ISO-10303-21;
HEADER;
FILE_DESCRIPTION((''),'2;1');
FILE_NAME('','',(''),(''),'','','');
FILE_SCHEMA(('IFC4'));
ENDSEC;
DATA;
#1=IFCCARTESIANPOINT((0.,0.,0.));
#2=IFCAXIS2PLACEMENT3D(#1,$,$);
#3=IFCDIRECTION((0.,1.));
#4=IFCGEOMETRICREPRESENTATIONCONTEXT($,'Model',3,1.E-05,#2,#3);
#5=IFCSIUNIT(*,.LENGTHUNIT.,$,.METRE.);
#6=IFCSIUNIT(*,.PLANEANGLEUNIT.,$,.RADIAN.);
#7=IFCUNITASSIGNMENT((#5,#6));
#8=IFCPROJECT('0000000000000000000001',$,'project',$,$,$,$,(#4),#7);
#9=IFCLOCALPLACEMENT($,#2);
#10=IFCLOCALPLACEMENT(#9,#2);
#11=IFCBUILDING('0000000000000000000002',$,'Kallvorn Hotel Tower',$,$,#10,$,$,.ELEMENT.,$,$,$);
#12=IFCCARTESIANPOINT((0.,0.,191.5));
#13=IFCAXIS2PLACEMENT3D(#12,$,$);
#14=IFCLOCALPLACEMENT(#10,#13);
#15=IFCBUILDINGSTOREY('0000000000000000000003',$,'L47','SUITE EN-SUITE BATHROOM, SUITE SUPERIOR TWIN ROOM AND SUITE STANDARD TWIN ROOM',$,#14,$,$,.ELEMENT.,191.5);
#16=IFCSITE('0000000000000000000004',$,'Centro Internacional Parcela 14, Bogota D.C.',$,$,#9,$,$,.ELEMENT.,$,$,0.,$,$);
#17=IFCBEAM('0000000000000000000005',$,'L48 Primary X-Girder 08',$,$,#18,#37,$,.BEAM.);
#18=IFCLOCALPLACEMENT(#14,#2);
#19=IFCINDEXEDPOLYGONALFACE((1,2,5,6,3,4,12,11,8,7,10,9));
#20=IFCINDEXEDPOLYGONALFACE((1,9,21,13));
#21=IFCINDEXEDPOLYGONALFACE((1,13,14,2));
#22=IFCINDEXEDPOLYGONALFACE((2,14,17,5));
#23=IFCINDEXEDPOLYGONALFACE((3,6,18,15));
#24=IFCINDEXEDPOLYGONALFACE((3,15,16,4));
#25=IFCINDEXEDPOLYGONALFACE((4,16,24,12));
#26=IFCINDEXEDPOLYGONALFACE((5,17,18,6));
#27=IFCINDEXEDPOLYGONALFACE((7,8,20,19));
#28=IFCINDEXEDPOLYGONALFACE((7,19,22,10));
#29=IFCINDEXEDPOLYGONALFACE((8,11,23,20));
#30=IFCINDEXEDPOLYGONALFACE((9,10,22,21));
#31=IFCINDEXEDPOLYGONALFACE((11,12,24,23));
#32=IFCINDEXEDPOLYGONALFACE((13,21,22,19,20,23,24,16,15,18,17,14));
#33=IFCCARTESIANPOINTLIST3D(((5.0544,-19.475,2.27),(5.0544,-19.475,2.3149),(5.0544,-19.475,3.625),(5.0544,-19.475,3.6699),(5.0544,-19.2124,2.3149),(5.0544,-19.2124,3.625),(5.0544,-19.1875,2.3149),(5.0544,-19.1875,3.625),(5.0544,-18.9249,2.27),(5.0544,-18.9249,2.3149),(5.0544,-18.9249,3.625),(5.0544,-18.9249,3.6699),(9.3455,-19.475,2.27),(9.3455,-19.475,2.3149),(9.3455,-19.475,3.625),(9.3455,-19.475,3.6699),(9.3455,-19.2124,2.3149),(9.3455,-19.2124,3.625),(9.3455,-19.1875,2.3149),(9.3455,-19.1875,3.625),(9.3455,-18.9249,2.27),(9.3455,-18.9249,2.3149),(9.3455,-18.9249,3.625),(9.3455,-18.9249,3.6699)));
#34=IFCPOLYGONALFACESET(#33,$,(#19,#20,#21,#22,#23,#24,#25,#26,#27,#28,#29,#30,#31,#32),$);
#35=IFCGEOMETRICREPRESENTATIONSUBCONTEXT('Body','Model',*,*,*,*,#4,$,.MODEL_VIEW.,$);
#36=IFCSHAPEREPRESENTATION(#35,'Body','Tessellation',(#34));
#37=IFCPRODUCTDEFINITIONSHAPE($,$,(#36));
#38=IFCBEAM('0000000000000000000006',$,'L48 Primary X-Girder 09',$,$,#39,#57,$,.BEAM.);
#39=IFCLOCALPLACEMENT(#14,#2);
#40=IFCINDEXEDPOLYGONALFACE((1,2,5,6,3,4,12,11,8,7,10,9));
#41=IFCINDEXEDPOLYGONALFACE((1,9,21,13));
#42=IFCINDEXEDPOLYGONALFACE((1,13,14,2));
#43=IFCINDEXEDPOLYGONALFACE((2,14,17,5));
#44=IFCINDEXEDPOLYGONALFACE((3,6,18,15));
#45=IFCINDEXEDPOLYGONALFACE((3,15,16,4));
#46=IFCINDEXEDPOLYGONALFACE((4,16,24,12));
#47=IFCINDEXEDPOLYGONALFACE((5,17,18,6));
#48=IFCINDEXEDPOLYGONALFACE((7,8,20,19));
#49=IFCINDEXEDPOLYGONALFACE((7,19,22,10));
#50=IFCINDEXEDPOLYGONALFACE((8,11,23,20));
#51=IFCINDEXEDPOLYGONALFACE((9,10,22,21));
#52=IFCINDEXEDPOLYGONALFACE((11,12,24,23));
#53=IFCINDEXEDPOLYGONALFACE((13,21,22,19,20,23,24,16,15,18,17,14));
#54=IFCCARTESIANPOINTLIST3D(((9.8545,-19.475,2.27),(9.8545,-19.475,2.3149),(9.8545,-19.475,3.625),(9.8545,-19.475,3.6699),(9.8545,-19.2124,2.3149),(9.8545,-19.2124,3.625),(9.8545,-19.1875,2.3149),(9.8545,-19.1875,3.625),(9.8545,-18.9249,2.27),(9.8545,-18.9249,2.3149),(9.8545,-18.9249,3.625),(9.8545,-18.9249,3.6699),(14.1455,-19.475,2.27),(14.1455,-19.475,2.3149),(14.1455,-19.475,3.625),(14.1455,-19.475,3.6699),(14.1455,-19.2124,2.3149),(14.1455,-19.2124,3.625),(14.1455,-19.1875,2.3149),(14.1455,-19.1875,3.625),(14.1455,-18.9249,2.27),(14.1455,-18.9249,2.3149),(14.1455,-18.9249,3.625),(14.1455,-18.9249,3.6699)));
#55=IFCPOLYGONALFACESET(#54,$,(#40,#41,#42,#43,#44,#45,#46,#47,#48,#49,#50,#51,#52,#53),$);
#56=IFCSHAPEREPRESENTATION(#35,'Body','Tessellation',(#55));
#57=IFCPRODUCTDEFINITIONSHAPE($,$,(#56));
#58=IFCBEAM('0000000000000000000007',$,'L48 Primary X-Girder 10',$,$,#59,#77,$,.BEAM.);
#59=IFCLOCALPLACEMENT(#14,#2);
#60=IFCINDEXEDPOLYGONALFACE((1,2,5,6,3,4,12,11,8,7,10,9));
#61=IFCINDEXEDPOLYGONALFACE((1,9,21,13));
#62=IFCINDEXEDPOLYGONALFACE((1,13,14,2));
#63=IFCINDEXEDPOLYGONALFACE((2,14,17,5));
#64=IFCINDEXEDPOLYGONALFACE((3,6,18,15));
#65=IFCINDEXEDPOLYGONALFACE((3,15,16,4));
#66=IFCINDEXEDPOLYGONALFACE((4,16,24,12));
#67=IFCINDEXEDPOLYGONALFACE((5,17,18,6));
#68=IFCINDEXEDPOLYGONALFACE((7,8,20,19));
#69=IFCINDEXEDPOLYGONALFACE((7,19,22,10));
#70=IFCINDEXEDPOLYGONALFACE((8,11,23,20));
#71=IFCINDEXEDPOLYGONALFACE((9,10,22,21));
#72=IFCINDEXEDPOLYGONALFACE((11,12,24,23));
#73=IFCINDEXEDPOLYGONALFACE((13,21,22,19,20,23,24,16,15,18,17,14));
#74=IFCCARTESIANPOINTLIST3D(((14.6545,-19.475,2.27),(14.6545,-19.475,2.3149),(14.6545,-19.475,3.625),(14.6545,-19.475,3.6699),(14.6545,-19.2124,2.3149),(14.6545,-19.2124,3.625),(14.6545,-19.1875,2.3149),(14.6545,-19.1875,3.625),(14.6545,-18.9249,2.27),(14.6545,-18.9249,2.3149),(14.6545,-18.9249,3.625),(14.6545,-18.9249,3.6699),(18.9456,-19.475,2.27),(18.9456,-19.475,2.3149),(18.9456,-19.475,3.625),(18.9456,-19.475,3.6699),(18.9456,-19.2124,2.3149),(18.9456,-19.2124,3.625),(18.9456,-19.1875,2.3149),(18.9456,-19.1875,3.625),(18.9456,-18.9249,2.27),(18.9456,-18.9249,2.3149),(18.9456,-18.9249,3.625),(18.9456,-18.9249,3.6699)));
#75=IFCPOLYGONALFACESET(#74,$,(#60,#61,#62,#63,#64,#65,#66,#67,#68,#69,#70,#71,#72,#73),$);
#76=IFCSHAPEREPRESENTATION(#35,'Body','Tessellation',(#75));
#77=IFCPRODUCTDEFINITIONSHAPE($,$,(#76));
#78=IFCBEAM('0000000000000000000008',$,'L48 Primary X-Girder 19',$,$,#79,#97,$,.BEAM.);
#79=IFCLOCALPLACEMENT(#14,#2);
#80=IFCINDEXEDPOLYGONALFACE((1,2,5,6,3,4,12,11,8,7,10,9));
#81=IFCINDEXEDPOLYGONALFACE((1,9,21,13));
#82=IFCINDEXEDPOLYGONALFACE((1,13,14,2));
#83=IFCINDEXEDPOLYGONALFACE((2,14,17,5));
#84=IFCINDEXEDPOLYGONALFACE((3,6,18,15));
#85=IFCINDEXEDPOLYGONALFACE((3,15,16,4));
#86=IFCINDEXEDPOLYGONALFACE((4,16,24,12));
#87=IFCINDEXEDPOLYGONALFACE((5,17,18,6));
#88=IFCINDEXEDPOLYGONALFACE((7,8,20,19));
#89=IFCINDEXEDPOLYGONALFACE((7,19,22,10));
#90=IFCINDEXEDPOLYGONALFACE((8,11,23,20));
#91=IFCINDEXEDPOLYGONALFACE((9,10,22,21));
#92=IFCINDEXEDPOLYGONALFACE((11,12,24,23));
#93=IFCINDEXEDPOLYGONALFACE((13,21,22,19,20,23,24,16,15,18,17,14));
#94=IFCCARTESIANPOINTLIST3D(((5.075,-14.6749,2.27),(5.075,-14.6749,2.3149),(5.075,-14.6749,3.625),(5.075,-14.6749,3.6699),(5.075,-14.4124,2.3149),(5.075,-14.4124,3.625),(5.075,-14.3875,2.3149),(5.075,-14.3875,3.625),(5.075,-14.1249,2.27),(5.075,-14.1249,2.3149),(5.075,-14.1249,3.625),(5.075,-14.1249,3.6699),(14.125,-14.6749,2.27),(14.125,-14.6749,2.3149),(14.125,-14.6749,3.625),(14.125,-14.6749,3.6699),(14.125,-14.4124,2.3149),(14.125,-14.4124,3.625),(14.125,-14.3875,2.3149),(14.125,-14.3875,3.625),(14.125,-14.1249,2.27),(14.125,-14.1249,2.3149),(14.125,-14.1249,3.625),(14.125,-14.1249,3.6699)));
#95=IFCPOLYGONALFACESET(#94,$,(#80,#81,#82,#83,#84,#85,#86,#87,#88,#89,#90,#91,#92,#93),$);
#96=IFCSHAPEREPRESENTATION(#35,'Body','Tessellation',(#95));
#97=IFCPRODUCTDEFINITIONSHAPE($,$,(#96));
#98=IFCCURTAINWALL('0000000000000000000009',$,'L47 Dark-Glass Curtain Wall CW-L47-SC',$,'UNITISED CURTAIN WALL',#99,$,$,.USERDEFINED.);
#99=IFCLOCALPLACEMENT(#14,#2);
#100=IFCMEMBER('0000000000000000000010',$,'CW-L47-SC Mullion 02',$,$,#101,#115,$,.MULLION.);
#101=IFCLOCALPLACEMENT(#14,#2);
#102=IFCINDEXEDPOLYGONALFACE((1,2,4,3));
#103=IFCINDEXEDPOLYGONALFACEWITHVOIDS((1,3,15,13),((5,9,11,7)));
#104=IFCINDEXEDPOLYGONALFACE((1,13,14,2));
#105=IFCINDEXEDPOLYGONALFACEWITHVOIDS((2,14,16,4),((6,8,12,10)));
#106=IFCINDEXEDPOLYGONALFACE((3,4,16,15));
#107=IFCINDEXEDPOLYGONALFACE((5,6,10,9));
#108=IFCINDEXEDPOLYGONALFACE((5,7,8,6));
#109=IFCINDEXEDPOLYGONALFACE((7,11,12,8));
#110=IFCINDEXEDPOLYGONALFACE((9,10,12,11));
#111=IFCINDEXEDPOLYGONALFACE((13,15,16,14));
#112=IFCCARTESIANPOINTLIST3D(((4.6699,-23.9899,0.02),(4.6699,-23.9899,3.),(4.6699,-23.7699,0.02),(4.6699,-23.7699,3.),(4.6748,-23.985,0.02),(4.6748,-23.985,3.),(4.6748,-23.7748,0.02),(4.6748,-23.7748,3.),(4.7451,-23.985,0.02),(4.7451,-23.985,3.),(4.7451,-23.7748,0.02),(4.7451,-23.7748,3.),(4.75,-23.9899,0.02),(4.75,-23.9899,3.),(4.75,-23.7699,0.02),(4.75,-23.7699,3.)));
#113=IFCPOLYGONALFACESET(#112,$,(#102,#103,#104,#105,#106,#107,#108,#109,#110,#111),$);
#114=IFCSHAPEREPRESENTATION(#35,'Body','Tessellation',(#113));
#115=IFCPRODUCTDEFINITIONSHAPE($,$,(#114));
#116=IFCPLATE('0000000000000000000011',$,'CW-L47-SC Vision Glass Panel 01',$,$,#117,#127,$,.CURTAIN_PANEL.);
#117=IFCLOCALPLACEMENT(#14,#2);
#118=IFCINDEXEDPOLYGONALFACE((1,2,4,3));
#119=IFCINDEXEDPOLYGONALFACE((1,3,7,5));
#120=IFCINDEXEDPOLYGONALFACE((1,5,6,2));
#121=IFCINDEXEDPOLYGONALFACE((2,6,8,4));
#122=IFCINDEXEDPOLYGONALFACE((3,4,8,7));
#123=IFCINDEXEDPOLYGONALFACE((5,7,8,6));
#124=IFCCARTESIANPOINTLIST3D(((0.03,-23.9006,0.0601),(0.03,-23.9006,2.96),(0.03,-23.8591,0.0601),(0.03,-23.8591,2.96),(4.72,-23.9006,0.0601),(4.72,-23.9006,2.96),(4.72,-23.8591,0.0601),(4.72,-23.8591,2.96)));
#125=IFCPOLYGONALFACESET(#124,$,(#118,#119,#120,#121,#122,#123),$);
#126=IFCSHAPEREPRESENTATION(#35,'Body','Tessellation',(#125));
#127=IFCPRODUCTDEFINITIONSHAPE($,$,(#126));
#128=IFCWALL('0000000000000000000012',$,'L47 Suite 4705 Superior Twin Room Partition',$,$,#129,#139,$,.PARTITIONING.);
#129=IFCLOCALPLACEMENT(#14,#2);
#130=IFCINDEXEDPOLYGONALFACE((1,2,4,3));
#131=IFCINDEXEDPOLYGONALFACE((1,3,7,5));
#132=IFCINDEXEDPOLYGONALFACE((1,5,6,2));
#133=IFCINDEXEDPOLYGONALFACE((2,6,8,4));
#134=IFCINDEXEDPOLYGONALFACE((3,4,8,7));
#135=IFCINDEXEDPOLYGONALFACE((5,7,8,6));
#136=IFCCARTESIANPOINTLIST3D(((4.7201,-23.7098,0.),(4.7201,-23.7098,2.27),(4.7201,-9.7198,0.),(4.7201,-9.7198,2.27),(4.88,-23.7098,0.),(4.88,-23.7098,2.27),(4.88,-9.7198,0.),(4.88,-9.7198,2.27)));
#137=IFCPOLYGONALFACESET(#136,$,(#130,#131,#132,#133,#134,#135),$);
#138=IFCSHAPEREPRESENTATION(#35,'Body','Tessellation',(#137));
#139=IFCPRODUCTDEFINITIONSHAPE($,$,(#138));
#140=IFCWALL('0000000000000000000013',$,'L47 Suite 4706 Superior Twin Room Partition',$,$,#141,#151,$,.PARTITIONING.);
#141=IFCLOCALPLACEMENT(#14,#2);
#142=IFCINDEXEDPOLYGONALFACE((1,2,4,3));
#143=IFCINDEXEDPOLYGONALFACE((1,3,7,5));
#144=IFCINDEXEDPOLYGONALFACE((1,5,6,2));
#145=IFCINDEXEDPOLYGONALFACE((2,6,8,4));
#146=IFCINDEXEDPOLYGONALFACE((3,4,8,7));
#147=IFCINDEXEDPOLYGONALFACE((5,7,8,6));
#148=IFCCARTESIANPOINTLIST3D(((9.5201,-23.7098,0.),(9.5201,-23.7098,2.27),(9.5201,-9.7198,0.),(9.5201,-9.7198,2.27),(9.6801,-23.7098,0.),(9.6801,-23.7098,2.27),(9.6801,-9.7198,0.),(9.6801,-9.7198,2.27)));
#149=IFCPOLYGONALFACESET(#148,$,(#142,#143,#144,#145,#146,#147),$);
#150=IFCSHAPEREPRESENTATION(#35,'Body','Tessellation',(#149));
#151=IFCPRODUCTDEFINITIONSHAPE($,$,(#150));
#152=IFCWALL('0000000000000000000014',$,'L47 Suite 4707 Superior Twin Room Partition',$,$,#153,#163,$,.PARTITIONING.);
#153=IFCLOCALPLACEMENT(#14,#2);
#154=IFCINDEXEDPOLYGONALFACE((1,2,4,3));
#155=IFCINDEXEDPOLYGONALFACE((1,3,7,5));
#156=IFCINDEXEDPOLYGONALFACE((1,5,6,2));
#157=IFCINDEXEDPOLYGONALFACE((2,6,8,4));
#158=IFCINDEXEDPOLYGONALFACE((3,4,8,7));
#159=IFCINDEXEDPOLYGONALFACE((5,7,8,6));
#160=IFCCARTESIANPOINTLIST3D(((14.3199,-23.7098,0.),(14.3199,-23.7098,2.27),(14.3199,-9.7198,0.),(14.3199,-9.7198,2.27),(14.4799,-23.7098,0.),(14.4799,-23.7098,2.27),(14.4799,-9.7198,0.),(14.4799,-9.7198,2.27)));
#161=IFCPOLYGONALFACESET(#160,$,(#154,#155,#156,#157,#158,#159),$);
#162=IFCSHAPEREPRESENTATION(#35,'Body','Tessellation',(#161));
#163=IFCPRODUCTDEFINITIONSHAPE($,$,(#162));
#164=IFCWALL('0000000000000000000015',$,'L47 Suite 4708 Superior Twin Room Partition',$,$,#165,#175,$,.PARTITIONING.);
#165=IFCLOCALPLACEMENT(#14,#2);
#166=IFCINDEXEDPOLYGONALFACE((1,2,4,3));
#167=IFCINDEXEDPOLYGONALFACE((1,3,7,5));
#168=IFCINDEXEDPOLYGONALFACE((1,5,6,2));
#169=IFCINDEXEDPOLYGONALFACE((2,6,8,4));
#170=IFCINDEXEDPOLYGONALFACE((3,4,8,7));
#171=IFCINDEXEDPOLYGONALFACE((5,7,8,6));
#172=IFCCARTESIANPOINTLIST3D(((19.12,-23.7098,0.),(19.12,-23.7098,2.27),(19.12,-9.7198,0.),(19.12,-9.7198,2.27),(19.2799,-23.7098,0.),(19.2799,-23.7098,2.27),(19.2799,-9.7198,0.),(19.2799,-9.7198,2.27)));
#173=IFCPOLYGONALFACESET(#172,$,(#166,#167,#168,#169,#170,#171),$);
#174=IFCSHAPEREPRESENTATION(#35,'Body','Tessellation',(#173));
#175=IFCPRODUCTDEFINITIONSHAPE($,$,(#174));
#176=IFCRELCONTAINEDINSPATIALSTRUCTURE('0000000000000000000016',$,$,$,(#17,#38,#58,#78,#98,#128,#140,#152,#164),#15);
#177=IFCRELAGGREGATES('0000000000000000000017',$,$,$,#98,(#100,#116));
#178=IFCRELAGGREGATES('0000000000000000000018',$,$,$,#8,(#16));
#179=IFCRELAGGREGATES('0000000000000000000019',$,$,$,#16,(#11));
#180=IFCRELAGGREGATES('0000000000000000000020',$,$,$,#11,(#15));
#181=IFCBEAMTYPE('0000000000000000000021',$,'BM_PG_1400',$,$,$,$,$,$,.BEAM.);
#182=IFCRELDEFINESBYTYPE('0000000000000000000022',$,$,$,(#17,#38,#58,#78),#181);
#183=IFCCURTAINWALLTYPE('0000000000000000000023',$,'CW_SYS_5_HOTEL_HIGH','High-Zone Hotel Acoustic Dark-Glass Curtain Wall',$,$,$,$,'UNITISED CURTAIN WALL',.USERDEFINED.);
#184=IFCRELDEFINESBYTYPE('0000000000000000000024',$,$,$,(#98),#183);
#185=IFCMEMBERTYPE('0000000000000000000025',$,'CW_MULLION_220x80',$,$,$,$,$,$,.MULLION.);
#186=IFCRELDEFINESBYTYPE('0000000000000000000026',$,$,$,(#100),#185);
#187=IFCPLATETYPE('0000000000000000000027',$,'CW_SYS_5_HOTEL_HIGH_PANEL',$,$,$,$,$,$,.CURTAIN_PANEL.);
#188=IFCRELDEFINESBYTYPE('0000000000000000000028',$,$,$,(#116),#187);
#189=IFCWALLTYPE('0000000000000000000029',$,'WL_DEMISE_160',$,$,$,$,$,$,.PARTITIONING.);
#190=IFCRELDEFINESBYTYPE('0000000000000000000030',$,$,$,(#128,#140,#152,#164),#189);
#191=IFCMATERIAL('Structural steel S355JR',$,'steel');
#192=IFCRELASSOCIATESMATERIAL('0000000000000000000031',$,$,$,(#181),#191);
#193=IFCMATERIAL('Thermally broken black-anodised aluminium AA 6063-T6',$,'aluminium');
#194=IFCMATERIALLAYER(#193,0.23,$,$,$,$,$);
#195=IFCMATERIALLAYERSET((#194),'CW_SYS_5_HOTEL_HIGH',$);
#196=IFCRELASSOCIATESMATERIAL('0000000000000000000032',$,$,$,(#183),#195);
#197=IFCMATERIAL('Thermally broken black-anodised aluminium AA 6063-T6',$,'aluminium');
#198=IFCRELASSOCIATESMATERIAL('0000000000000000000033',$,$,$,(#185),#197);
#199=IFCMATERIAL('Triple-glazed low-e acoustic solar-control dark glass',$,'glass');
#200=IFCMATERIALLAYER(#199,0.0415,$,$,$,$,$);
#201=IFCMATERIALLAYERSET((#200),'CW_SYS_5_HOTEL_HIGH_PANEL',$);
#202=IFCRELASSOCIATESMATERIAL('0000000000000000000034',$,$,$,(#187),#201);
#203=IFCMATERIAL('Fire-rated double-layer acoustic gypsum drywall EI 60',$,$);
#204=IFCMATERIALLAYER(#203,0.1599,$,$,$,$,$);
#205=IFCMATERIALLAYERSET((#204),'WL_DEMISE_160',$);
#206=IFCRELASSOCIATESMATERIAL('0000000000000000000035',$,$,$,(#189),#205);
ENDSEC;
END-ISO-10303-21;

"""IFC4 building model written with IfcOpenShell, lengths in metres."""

from ifc_helpers import new_model, si_unit, direction, frame, frame_2d, origin, origin_2d, place, context, subcontext, project, spatial, rectangle, hollow_rectangle, i_section, extrude, material, layer, layer_set, material_profile, profile_set, type_object, element, aggregate, save


model = new_model("IFC4")

# Units and contexts
model_context = context("Model", 3, precision=1e-05, world=origin(), true_north=direction((0.0, 1.0)))
body_context = subcontext(model_context, "Body", "Model", "MODEL_VIEW")
ifc_project = project(units=[si_unit("LENGTHUNIT", "METRE"), si_unit("PLANEANGLEUNIT", "RADIAN")], contexts=[model_context])

# Site, building, storey
site_placement = place(None, origin())
site = spatial("IfcSite", under=ifc_project, at=site_placement, Name="Centro Internacional Parcela 14, Bogota D.C.", CompositionType="ELEMENT", RefElevation=0.0)
building_placement = place(site_placement, origin())
building = spatial("IfcBuilding", under=site, at=building_placement, Name="Kallvorn Hotel Tower", CompositionType="ELEMENT")
storey_placement = place(building_placement, frame((0.0, 0.0, 191.5)))
storey = spatial("IfcBuildingStorey", under=building, at=storey_placement, Name="L47", Description="SUITE EN-SUITE BATHROOM, SUITE SUPERIOR TWIN ROOM AND SUITE STANDARD TWIN ROOM", CompositionType="ELEMENT", Elevation=191.5)

# Beams
ifc_material_1 = material(Name="Structural steel S355JR", Category="steel")
ifc_material_profile_1 = material_profile(ifc_material_1, i_section(OverallWidth=0.55, OverallDepth=1.3999, WebThickness=0.0249, FlangeThickness=0.0449, at=origin_2d()), Name="PG 1400x550x25x45")
ifc_profile_set_1 = profile_set([ifc_material_profile_1], Name="Structural steel S355JR")
beam_type_1 = type_object("IfcBeamType", Name="BM_PG_1400", PredefinedType="BEAM", material=ifc_profile_set_1)
for number, where, z_axis, x_axis, name in (
    (1, (5.0544, -19.2, 2.97), (1.0, 0.0, 0.0), (0.0, 1.0, 0.0), "L48 Primary X-Girder 08"),
    (2, (9.8545, -19.2, 2.97), (1.0, 0.0, 0.0), (0.0, 1.0, 0.0), "L48 Primary X-Girder 09"),
    (3, (14.6545, -19.2, 2.97), (1.0, 0.0, 0.0), (0.0, 1.0, 0.0), "L48 Primary X-Girder 10"),
):
    element("IfcBeam", number, at=place(storey_placement, frame(where, z_axis=z_axis, x_axis=x_axis)), inside=storey, type_object=beam_type_1, Name=name, PredefinedType="BEAM", context=body_context, shape_type="SweptSolid", body=[
        extrude(i_section(OverallWidth=0.55, OverallDepth=1.3999, WebThickness=0.0249, FlangeThickness=0.0449, at=origin_2d()), origin(), (0.0, 0.0, 1.0), 4.291),
    ])
beam_1_placement = place(storey_placement, frame((5.075, -14.3999, 2.97), z_axis=(1.0, 0.0, 0.0), x_axis=(0.0, 1.0, 0.0)))
element("IfcBeam", 4, at=beam_1_placement, inside=storey, type_object=beam_type_1, Name="L48 Primary X-Girder 19", PredefinedType="BEAM", context=body_context, shape_type="SweptSolid", body=[
    extrude(i_section(OverallWidth=0.55, OverallDepth=1.3999, WebThickness=0.0249, FlangeThickness=0.0449, at=origin_2d()), origin(), (0.0, 0.0, 1.0), 9.05),
])

# Curtain wall, member, plate
ifc_material_2 = material(Name="Thermally broken black-anodised aluminium AA 6063-T6", Category="aluminium")
ifc_layer_1 = layer(ifc_material_2, 0.23)
ifc_layer_set_1 = layer_set([ifc_layer_1], Name="CW_SYS_5_HOTEL_HIGH")
curtain_wall_type = type_object("IfcCurtainWallType", Name="CW_SYS_5_HOTEL_HIGH", Description="High-Zone Hotel Acoustic Dark-Glass Curtain Wall", ElementType="UNITISED CURTAIN WALL", PredefinedType="USERDEFINED", material=ifc_layer_set_1)
curtain_wall_placement = place(storey_placement, origin())
curtain_wall = element("IfcCurtainWall", 5, at=curtain_wall_placement, inside=storey, type_object=curtain_wall_type, Name="L47 Dark-Glass Curtain Wall CW-L47-SC", ObjectType="UNITISED CURTAIN WALL", PredefinedType="USERDEFINED")
ifc_material_3 = material(Name="Thermally broken black-anodised aluminium AA 6063-T6", Category="aluminium")
ifc_material_profile_2 = material_profile(ifc_material_3, hollow_rectangle(XDim=0.0801, YDim=0.22, WallThickness=0.0049, at=origin_2d()), Name="MUL 220x80")
ifc_profile_set_2 = profile_set([ifc_material_profile_2], Name="Thermally broken black-anodised aluminium AA 6063-T6")
member_type = type_object("IfcMemberType", Name="CW_MULLION_220x80", PredefinedType="MULLION", material=ifc_profile_set_2)
member_placement = place(storey_placement, frame((4.71, -23.8799, 0.02), z_axis=(0.0, 0.0, 1.0), x_axis=(1.0, 0.0, 0.0)))
member = element("IfcMember", 6, at=member_placement, type_object=member_type, Name="CW-L47-SC Mullion 02", PredefinedType="MULLION", context=body_context, shape_type="SweptSolid", body=[
    extrude(hollow_rectangle(XDim=0.0801, YDim=0.22, WallThickness=0.0049, at=origin_2d()), origin(), (0.0, 0.0, 1.0), 2.98),
])
ifc_material_4 = material(Name="Triple-glazed low-e acoustic solar-control dark glass", Category="glass")
ifc_layer_2 = layer(ifc_material_4, 0.0415)
ifc_layer_set_2 = layer_set([ifc_layer_2], Name="CW_SYS_5_HOTEL_HIGH_PANEL")
plate_type = type_object("IfcPlateType", Name="CW_SYS_5_HOTEL_HIGH_PANEL", PredefinedType="CURTAIN_PANEL", material=ifc_layer_set_2)
plate_placement = place(storey_placement, frame((2.375, -23.8799, 0.0601), z_axis=(0.0, 0.0, 1.0), x_axis=(1.0, 0.0, 0.0)))
plate = element("IfcPlate", 7, at=plate_placement, type_object=plate_type, Name="CW-L47-SC Vision Glass Panel 01", PredefinedType="CURTAIN_PANEL", context=body_context, shape_type="SweptSolid", body=[
    extrude(rectangle(XDim=4.6899, YDim=0.0415, at=origin_2d()), origin(), (0.0, 0.0, 1.0), 2.8999),
])
aggregate(curtain_wall, [member, plate])

# Walls
ifc_material_5 = material(Name="Fire-rated double-layer acoustic gypsum drywall EI 60")
ifc_layer_3 = layer(ifc_material_5, 0.1599)
ifc_layer_set_3 = layer_set([ifc_layer_3], Name="WL_DEMISE_160")
wall_type_1 = type_object("IfcWallType", Name="WL_DEMISE_160", PredefinedType="PARTITIONING", material=ifc_layer_set_3)
for number, where, z_axis, x_axis, name in (
    (8, (4.8, -23.71, 0.0), (0.0, 0.0, 1.0), (0.0, 1.0, 0.0), "L47 Suite 4705 Superior Twin Room Partition"),
    (9, (9.6001, -23.71, 0.0), (0.0, 0.0, 1.0), (0.0, 1.0, 0.0), "L47 Suite 4706 Superior Twin Room Partition"),
    (10, (14.3999, -23.71, 0.0), (0.0, 0.0, 1.0), (0.0, 1.0, 0.0), "L47 Suite 4707 Superior Twin Room Partition"),
    (11, (19.2, -23.71, 0.0), (0.0, 0.0, 1.0), (0.0, 1.0, 0.0), "L47 Suite 4708 Superior Twin Room Partition"),
):
    element("IfcWall", number, at=place(storey_placement, frame(where, z_axis=z_axis, x_axis=x_axis)), inside=storey, type_object=wall_type_1, Name=name, PredefinedType="PARTITIONING", context=body_context, shape_type="SweptSolid", body=[
        extrude(rectangle(XDim=13.99, YDim=0.1599, at=frame_2d((6.9951, 0.0))), origin(), (0.0, 0.0, 1.0), 2.27),
    ])

save(model, "model.ifc")
